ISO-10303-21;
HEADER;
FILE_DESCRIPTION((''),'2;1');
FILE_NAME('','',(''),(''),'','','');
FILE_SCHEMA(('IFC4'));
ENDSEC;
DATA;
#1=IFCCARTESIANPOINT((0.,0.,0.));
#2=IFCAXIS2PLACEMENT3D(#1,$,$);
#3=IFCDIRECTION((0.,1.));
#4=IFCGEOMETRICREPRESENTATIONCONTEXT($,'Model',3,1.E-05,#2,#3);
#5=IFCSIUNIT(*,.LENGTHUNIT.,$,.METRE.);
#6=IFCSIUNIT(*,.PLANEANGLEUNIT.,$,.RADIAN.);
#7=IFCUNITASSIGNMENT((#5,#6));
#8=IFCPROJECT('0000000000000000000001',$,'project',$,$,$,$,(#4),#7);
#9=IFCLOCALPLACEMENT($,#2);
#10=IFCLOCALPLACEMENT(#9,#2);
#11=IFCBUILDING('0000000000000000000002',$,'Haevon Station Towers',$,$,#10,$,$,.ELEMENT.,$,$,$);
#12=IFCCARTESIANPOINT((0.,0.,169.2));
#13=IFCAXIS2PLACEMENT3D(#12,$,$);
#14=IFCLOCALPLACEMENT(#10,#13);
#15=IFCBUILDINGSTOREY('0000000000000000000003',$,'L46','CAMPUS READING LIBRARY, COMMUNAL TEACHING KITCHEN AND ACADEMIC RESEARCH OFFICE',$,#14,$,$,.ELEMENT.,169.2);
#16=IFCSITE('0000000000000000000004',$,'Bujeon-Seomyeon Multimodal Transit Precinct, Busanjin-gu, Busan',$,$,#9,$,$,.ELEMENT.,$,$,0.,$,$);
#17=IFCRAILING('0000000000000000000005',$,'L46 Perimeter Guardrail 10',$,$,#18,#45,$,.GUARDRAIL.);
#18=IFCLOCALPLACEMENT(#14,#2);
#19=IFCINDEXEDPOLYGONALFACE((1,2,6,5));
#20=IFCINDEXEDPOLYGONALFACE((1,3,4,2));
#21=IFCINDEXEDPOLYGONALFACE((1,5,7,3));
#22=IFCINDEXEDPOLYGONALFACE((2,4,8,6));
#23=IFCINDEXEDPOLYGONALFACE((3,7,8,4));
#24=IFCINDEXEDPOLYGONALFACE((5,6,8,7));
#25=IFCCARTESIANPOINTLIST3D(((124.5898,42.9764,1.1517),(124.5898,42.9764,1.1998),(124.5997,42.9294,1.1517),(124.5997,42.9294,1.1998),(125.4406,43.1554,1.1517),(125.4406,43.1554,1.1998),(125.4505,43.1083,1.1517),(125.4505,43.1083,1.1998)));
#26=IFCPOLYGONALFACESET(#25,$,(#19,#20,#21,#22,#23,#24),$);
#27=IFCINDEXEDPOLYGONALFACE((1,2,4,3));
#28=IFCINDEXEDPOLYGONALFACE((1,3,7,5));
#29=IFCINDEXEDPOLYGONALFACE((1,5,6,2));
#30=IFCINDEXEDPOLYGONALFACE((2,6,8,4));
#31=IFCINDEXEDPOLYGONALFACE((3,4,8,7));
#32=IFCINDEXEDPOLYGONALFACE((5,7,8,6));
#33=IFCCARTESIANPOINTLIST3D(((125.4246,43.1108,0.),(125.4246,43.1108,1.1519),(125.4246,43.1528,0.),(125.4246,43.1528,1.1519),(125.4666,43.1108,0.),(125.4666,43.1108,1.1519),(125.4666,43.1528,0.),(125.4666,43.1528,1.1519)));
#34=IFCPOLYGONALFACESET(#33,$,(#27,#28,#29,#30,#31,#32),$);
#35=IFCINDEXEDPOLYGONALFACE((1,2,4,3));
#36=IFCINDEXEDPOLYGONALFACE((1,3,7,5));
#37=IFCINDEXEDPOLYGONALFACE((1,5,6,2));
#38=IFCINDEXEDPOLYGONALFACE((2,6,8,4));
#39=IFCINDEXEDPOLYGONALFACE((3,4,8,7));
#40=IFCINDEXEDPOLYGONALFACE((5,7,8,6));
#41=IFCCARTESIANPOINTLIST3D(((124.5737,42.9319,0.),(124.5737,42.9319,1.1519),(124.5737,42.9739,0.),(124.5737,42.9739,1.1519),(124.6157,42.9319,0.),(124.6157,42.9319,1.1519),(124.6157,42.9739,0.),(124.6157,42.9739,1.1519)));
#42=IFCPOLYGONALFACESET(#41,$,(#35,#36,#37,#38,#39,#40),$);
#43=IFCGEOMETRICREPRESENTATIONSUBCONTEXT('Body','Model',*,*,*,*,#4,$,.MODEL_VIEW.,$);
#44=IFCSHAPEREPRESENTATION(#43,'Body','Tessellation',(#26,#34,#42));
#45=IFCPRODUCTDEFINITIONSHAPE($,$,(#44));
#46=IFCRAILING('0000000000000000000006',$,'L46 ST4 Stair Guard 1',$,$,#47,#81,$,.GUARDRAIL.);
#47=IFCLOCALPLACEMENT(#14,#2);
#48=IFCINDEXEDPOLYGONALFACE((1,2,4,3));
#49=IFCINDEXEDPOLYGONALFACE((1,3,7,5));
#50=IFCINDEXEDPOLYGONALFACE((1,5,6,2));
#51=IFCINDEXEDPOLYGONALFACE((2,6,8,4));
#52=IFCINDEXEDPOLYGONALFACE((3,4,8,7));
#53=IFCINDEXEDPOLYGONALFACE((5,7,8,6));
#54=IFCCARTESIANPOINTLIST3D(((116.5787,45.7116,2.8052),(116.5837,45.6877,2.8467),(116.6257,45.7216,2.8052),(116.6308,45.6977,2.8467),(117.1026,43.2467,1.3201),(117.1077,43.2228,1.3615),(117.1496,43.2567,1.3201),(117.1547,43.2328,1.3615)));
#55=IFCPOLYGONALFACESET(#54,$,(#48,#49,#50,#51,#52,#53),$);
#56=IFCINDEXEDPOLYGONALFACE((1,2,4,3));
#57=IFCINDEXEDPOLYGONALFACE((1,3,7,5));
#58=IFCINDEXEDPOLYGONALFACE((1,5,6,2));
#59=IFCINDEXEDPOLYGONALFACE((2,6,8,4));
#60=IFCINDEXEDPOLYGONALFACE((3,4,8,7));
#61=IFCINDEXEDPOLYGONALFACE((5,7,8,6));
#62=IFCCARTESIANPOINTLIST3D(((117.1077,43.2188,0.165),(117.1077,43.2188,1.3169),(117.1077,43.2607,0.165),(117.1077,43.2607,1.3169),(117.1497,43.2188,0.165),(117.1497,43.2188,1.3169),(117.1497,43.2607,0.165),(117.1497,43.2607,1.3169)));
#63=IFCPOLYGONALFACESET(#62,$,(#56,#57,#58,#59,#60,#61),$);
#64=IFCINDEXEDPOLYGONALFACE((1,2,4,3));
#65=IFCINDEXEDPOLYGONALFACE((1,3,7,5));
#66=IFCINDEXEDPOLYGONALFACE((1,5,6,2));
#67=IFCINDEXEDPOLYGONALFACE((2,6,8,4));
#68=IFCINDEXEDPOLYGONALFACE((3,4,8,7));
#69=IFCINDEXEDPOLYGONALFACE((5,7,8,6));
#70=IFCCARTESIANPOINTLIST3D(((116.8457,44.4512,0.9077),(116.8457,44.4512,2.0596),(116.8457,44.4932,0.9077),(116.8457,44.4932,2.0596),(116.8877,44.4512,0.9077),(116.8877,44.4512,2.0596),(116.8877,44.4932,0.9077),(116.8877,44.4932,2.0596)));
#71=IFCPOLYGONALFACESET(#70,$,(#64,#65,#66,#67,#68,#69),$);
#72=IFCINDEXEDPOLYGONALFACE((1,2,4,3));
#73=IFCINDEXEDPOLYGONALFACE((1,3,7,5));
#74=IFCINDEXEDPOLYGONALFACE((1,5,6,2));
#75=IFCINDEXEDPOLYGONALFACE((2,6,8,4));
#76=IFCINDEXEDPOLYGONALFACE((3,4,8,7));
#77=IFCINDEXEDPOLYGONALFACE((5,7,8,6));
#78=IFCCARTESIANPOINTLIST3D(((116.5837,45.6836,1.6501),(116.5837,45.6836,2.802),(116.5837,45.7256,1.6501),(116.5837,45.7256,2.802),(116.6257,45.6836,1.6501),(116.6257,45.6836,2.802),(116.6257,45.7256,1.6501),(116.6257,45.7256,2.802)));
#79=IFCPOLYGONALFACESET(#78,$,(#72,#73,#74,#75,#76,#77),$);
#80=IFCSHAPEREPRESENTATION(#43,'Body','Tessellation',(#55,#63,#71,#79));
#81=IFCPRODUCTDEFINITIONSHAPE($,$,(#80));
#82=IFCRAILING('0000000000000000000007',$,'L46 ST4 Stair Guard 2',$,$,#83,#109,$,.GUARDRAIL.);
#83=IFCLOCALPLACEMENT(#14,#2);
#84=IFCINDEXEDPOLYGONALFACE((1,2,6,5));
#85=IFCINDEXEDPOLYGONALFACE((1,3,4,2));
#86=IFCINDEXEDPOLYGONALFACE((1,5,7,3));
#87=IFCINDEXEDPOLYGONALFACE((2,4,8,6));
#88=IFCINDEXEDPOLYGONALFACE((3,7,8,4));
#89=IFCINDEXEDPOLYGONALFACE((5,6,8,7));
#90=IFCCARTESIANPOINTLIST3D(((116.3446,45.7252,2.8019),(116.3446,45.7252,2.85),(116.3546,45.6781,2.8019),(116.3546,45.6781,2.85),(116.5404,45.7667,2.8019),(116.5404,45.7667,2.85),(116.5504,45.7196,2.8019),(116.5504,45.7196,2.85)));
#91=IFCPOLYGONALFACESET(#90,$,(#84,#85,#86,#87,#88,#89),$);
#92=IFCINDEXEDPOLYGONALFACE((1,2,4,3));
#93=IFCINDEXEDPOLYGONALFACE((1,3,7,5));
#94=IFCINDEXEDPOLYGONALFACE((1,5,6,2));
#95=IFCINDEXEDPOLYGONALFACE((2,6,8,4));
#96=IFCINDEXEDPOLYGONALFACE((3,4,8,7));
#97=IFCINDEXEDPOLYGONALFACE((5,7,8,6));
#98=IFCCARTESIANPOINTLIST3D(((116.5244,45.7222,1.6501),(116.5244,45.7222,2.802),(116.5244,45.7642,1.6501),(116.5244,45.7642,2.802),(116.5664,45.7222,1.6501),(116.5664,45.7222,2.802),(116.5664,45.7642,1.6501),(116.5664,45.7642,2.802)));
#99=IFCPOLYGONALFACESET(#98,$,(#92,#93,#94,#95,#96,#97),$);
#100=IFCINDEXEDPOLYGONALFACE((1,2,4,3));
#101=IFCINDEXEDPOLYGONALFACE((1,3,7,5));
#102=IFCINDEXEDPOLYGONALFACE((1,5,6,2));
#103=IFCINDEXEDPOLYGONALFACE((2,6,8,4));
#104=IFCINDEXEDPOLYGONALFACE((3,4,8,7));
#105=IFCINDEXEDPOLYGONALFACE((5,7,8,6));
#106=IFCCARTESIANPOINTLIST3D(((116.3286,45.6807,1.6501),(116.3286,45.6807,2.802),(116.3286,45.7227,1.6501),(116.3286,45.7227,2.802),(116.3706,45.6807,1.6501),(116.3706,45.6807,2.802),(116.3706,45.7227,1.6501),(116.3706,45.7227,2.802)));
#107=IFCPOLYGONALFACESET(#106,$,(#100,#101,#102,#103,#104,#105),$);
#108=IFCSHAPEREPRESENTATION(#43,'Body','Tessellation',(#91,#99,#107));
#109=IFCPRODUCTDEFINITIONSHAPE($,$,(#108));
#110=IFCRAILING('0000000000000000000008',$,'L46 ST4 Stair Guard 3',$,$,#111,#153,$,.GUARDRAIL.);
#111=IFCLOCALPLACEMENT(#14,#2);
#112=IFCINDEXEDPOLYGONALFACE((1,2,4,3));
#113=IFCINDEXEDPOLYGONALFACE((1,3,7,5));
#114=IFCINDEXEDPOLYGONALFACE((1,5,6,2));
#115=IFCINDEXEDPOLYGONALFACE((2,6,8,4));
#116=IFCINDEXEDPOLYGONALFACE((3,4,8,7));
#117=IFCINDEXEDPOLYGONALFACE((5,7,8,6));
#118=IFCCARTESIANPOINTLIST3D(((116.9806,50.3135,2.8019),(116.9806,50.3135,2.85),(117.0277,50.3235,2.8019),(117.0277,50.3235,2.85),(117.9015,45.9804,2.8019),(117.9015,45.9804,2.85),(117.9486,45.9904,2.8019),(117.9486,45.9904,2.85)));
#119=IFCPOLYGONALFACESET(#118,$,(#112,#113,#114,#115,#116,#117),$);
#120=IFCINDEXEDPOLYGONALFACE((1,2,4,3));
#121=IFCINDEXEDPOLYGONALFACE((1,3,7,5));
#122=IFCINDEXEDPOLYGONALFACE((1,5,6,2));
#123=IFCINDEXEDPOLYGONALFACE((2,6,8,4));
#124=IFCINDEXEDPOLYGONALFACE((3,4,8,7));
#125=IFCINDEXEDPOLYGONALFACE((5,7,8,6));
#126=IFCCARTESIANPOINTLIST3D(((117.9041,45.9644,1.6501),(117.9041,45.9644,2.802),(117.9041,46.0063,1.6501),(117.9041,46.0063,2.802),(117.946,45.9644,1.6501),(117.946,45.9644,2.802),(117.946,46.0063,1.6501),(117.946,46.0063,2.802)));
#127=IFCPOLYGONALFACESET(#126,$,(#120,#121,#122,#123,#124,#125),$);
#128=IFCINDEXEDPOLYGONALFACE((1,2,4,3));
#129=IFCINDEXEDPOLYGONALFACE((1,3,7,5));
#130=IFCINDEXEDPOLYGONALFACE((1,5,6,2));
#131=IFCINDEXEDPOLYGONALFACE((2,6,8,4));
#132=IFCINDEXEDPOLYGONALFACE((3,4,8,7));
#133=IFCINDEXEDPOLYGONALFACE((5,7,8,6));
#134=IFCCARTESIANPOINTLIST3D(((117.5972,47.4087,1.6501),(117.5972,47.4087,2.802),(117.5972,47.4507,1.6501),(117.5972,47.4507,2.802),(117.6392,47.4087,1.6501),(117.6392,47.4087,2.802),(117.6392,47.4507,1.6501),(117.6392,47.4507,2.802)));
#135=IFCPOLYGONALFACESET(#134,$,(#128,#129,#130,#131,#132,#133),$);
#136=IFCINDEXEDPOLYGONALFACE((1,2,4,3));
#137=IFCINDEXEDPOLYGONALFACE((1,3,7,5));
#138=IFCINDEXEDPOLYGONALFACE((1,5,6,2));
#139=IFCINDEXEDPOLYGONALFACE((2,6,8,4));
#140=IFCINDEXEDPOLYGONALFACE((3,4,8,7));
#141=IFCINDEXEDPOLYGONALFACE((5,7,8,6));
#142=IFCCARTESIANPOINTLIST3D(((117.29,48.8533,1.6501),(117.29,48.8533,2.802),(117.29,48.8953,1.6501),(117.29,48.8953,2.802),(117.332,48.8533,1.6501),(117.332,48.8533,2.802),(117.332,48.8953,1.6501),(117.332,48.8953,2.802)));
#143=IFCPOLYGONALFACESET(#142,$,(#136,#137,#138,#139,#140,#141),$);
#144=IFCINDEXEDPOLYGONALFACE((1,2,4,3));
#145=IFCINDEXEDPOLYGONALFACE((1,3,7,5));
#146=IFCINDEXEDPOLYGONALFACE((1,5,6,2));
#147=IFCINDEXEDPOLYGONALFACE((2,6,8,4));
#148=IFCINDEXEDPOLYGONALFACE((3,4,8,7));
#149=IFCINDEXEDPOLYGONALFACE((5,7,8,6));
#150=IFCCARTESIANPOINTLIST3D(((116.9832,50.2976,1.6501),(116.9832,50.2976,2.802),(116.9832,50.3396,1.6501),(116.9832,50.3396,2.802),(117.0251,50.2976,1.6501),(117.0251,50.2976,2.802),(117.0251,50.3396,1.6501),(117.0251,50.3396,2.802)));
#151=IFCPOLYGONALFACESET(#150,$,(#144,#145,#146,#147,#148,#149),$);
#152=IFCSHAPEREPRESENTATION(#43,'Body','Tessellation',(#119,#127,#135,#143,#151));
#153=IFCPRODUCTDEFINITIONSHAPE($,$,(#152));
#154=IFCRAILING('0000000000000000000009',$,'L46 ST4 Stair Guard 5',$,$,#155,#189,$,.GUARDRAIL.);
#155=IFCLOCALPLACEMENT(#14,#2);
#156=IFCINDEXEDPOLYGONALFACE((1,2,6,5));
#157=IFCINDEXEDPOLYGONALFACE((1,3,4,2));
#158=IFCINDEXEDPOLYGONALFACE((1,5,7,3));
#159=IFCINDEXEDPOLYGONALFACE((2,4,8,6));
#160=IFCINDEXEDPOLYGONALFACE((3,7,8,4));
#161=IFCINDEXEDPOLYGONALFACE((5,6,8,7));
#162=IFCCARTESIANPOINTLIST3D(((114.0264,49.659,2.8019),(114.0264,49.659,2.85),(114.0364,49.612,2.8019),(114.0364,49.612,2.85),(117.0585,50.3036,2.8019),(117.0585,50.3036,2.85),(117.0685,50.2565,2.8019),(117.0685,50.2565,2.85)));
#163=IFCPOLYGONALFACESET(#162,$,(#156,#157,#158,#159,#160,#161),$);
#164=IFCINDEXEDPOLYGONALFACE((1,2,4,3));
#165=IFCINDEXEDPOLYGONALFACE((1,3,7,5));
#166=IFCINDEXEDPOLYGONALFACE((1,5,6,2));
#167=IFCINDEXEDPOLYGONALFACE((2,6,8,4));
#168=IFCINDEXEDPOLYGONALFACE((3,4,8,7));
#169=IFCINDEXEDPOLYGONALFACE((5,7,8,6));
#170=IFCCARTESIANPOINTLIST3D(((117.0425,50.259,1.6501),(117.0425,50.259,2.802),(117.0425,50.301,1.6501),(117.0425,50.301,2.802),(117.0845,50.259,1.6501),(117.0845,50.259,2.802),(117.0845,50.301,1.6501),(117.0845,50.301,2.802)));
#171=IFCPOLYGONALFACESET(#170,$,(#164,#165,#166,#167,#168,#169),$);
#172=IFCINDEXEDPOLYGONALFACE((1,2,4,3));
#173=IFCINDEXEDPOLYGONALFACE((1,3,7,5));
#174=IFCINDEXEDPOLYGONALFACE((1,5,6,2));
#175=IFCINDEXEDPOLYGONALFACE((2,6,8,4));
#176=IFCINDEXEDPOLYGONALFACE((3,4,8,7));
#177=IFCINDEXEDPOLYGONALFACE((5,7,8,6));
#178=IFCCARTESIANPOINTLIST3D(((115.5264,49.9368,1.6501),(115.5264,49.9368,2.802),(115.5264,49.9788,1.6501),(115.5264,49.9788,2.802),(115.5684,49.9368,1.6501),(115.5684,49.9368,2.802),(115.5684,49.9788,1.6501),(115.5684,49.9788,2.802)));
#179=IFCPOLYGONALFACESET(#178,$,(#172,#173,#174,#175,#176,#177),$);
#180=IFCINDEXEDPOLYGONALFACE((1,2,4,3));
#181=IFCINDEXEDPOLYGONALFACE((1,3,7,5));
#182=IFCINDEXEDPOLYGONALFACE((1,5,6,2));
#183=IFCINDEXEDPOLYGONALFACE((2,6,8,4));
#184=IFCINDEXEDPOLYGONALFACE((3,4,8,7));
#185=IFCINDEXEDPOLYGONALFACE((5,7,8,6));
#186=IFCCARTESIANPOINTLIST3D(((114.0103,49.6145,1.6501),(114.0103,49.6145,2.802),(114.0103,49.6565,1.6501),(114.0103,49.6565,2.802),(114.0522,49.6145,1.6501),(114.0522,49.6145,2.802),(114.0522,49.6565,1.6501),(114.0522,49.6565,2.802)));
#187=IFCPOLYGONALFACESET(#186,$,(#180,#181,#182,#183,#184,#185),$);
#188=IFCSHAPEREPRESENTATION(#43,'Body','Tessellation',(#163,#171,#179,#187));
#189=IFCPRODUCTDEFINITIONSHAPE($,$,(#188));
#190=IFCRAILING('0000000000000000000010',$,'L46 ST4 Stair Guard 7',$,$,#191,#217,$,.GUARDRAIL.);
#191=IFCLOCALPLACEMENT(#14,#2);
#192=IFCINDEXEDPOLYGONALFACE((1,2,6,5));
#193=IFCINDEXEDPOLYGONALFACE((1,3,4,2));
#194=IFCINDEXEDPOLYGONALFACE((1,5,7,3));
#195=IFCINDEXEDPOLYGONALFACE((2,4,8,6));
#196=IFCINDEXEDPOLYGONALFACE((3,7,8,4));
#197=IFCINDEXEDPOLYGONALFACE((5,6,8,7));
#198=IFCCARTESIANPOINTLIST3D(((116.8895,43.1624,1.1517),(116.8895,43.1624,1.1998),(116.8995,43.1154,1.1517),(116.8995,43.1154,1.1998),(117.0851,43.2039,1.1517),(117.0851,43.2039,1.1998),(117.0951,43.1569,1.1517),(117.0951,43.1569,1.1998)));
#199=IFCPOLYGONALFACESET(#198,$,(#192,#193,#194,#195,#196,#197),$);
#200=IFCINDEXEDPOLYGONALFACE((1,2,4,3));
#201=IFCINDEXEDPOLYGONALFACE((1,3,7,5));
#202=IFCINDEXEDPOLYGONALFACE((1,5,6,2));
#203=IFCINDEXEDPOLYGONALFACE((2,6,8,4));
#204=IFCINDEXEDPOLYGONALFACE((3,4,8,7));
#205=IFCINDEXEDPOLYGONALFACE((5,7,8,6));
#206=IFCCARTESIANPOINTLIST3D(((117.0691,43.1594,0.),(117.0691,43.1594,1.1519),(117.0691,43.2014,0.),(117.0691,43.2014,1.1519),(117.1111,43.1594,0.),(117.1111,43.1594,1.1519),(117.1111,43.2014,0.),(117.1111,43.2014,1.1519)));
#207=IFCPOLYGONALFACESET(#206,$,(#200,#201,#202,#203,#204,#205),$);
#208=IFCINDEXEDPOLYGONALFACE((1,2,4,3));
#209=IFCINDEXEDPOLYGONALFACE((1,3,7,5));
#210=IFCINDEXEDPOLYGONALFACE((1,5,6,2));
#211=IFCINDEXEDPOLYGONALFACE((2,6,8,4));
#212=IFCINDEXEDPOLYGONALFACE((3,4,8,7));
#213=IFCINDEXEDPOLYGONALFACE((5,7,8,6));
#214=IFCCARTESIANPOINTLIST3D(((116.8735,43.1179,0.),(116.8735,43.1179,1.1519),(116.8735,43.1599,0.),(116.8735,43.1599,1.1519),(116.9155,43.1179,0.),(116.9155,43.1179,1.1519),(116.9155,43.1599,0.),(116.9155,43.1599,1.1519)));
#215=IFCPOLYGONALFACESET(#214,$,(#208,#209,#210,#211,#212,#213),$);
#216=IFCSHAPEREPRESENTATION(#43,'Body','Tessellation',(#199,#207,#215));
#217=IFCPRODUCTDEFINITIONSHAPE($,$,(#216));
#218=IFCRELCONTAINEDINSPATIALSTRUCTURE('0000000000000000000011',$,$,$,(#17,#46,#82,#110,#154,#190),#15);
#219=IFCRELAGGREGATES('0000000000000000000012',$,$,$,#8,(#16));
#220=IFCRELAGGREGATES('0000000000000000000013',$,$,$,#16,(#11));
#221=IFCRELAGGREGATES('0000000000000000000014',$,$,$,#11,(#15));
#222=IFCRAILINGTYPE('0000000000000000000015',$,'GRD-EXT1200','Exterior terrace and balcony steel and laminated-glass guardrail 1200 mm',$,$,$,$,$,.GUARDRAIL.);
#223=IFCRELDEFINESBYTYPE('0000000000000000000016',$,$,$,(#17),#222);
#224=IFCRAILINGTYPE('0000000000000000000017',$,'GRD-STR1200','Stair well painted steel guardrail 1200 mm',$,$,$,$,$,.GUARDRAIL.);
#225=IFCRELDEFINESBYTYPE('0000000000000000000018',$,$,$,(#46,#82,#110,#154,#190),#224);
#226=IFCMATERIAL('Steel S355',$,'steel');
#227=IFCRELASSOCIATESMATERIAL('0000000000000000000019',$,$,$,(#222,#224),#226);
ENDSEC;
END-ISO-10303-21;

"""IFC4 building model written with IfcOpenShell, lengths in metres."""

from ifc_helpers import new_model, si_unit, direction, frame, origin, origin_2d, place, context, subcontext, project, spatial, rectangle, extrude, material, type_object, element, save


model = new_model("IFC4")

# Units and contexts
model_context = context("Model", 3, precision=1e-05, world=origin(), true_north=direction((0.0, 1.0)))
body_context = subcontext(model_context, "Body", "Model", "MODEL_VIEW")
ifc_project = project(units=[si_unit("LENGTHUNIT", "METRE"), si_unit("PLANEANGLEUNIT", "RADIAN")], contexts=[model_context])

# Site, building, storey
site_placement = place(None, origin())
site = spatial("IfcSite", under=ifc_project, at=site_placement, Name="Bujeon-Seomyeon Multimodal Transit Precinct, Busanjin-gu, Busan", CompositionType="ELEMENT", RefElevation=0.0)
building_placement = place(site_placement, origin())
building = spatial("IfcBuilding", under=site, at=building_placement, Name="Haevon Station Towers", CompositionType="ELEMENT")
storey_placement = place(building_placement, frame((0.0, 0.0, 169.2)))
storey = spatial("IfcBuildingStorey", under=building, at=storey_placement, Name="L46", Description="CAMPUS READING LIBRARY, COMMUNAL TEACHING KITCHEN AND ACADEMIC RESEARCH OFFICE", CompositionType="ELEMENT", Elevation=169.2)

# Shared definitions
ifc_material_1 = material(Name="Steel S355", Category="steel")

# Railings
railing_type_1 = type_object("IfcRailingType", Name="GRD-EXT1200", Description="Exterior terrace and balcony steel and laminated-glass guardrail 1200 mm", PredefinedType="GUARDRAIL", material=ifc_material_1)
railing_1_placement = place(storey_placement, frame((125.4456, 43.1318, 0.0)))
element("IfcRailing", 1, at=railing_1_placement, inside=storey, type_object=railing_type_1, Name="L46 Perimeter Guardrail 10", PredefinedType="GUARDRAIL", context=body_context, shape_type="SweptSolid", body=[
    extrude(rectangle(XDim=0.0481, YDim=0.0481, at=origin_2d()), frame((0.0, 0.0, 1.1758), z_axis=(-0.978588, -0.205827, 0.0), x_axis=(0.205827, -0.978588, 0.0)), (0.0, 0.0, 1.0), 0.8694),
    extrude(rectangle(XDim=0.042, YDim=0.042, at=origin_2d()), origin(), (0.0, 0.0, 1.0), 1.1519),
    extrude(rectangle(XDim=0.042, YDim=0.042, at=origin_2d()), frame((-0.8508, -0.179, 0.0)), (0.0, 0.0, 1.0), 1.1519),
])
railing_type_2 = type_object("IfcRailingType", Name="GRD-STR1200", Description="Stair well painted steel guardrail 1200 mm", PredefinedType="GUARDRAIL", material=ifc_material_1)
railing_2_placement = place(storey_placement, frame((117.1287, 43.2397, 0.165)))
element("IfcRailing", 2, at=railing_2_placement, inside=storey, type_object=railing_type_2, Name="L46 ST4 Stair Guard 1", PredefinedType="GUARDRAIL", context=body_context, shape_type="SweptSolid", body=[
    extrude(rectangle(XDim=0.0481, YDim=0.0481, at=origin_2d()), frame((0.0, 0.0, 1.1758), z_axis=(-0.179121, 0.842688, 0.507733), x_axis=(-0.978147, -0.207914, 0.0)), (0.0, 0.0, 1.0), 2.925),
    extrude(rectangle(XDim=0.042, YDim=0.042, at=origin_2d()), origin(), (0.0, 0.0, 1.0), 1.1519),
    extrude(rectangle(XDim=0.042, YDim=0.042, at=origin_2d()), frame((-0.262, 1.2324, 0.7427)), (0.0, 0.0, 1.0), 1.1519),
    extrude(rectangle(XDim=0.042, YDim=0.042, at=origin_2d()), frame((-0.5239, 2.4648, 1.4851)), (0.0, 0.0, 1.0), 1.1519),
])
railing_3_placement = place(storey_placement, frame((116.5454, 45.7432, 1.6501)))
element("IfcRailing", 3, at=railing_3_placement, inside=storey, type_object=railing_type_2, Name="L46 ST4 Stair Guard 2", PredefinedType="GUARDRAIL", context=body_context, shape_type="SweptSolid", body=[
    extrude(rectangle(XDim=0.0481, YDim=0.0481, at=origin_2d()), frame((0.0, 0.0, 1.1758), z_axis=(-0.978264, -0.207363, 0.0), x_axis=(0.207363, -0.978264, 0.0)), (0.0, 0.0, 1.0), 0.2002),
    extrude(rectangle(XDim=0.042, YDim=0.042, at=origin_2d()), origin(), (0.0, 0.0, 1.0), 1.1519),
    extrude(rectangle(XDim=0.042, YDim=0.042, at=origin_2d()), frame((-0.1958, -0.0415, 0.0)), (0.0, 0.0, 1.0), 1.1519),
])
railing_4_placement = place(storey_placement, frame((117.925, 45.9854, 1.6501)))
element("IfcRailing", 4, at=railing_4_placement, inside=storey, type_object=railing_type_2, Name="L46 ST4 Stair Guard 3", PredefinedType="GUARDRAIL", context=body_context, shape_type="SweptSolid", body=[
    extrude(rectangle(XDim=0.0481, YDim=0.0481, at=origin_2d()), frame((0.0, 0.0, 1.1758), z_axis=(-0.207877, 0.978155, 0.0), x_axis=(-0.978155, -0.207877, 0.0)), (0.0, 0.0, 1.0), 4.4299),
    extrude(rectangle(XDim=0.042, YDim=0.042, at=origin_2d()), origin(), (0.0, 0.0, 1.0), 1.1519),
    extrude(rectangle(XDim=0.042, YDim=0.042, at=origin_2d()), frame((-0.3069, 1.4443, 0.0)), (0.0, 0.0, 1.0), 1.1519),
    extrude(rectangle(XDim=0.042, YDim=0.042, at=origin_2d()), frame((-0.614, 2.8889, 0.0)), (0.0, 0.0, 1.0), 1.1519),
    extrude(rectangle(XDim=0.042, YDim=0.042, at=origin_2d()), frame((-0.9209, 4.3333, 0.0)), (0.0, 0.0, 1.0), 1.1519),
])
railing_5_placement = place(storey_placement, frame((117.0635, 50.28, 1.6501)))
element("IfcRailing", 5, at=railing_5_placement, inside=storey, type_object=railing_type_2, Name="L46 ST4 Stair Guard 5", PredefinedType="GUARDRAIL", context=body_context, shape_type="SweptSolid", body=[
    extrude(rectangle(XDim=0.0481, YDim=0.0481, at=origin_2d()), frame((0.0, 0.0, 1.1758), z_axis=(-0.978147, -0.207915, 0.0), x_axis=(0.207915, -0.978147, 0.0)), (0.0, 0.0, 1.0), 3.0999),
    extrude(rectangle(XDim=0.042, YDim=0.042, at=origin_2d()), origin(), (0.0, 0.0, 1.0), 1.1519),
    extrude(rectangle(XDim=0.042, YDim=0.042, at=origin_2d()), frame((-1.5161, -0.3223, 0.0)), (0.0, 0.0, 1.0), 1.1519),
    extrude(rectangle(XDim=0.042, YDim=0.042, at=origin_2d()), frame((-3.0322, -0.6445, 0.0)), (0.0, 0.0, 1.0), 1.1519),
])
railing_6_placement = place(storey_placement, frame((117.0901, 43.1804, 0.0)))
element("IfcRailing", 6, at=railing_6_placement, inside=storey, type_object=railing_type_2, Name="L46 ST4 Stair Guard 7", PredefinedType="GUARDRAIL", context=body_context, shape_type="SweptSolid", body=[
    extrude(rectangle(XDim=0.0481, YDim=0.0481, at=origin_2d()), frame((0.0, 0.0, 1.1758), z_axis=(-0.978212, -0.20761, 0.0), x_axis=(0.20761, -0.978212, 0.0)), (0.0, 0.0, 1.0), 0.2),
    extrude(rectangle(XDim=0.042, YDim=0.042, at=origin_2d()), origin(), (0.0, 0.0, 1.0), 1.1519),
    extrude(rectangle(XDim=0.042, YDim=0.042, at=origin_2d()), frame((-0.1956, -0.0415, 0.0)), (0.0, 0.0, 1.0), 1.1519),
])

save(model, "model.ifc")
